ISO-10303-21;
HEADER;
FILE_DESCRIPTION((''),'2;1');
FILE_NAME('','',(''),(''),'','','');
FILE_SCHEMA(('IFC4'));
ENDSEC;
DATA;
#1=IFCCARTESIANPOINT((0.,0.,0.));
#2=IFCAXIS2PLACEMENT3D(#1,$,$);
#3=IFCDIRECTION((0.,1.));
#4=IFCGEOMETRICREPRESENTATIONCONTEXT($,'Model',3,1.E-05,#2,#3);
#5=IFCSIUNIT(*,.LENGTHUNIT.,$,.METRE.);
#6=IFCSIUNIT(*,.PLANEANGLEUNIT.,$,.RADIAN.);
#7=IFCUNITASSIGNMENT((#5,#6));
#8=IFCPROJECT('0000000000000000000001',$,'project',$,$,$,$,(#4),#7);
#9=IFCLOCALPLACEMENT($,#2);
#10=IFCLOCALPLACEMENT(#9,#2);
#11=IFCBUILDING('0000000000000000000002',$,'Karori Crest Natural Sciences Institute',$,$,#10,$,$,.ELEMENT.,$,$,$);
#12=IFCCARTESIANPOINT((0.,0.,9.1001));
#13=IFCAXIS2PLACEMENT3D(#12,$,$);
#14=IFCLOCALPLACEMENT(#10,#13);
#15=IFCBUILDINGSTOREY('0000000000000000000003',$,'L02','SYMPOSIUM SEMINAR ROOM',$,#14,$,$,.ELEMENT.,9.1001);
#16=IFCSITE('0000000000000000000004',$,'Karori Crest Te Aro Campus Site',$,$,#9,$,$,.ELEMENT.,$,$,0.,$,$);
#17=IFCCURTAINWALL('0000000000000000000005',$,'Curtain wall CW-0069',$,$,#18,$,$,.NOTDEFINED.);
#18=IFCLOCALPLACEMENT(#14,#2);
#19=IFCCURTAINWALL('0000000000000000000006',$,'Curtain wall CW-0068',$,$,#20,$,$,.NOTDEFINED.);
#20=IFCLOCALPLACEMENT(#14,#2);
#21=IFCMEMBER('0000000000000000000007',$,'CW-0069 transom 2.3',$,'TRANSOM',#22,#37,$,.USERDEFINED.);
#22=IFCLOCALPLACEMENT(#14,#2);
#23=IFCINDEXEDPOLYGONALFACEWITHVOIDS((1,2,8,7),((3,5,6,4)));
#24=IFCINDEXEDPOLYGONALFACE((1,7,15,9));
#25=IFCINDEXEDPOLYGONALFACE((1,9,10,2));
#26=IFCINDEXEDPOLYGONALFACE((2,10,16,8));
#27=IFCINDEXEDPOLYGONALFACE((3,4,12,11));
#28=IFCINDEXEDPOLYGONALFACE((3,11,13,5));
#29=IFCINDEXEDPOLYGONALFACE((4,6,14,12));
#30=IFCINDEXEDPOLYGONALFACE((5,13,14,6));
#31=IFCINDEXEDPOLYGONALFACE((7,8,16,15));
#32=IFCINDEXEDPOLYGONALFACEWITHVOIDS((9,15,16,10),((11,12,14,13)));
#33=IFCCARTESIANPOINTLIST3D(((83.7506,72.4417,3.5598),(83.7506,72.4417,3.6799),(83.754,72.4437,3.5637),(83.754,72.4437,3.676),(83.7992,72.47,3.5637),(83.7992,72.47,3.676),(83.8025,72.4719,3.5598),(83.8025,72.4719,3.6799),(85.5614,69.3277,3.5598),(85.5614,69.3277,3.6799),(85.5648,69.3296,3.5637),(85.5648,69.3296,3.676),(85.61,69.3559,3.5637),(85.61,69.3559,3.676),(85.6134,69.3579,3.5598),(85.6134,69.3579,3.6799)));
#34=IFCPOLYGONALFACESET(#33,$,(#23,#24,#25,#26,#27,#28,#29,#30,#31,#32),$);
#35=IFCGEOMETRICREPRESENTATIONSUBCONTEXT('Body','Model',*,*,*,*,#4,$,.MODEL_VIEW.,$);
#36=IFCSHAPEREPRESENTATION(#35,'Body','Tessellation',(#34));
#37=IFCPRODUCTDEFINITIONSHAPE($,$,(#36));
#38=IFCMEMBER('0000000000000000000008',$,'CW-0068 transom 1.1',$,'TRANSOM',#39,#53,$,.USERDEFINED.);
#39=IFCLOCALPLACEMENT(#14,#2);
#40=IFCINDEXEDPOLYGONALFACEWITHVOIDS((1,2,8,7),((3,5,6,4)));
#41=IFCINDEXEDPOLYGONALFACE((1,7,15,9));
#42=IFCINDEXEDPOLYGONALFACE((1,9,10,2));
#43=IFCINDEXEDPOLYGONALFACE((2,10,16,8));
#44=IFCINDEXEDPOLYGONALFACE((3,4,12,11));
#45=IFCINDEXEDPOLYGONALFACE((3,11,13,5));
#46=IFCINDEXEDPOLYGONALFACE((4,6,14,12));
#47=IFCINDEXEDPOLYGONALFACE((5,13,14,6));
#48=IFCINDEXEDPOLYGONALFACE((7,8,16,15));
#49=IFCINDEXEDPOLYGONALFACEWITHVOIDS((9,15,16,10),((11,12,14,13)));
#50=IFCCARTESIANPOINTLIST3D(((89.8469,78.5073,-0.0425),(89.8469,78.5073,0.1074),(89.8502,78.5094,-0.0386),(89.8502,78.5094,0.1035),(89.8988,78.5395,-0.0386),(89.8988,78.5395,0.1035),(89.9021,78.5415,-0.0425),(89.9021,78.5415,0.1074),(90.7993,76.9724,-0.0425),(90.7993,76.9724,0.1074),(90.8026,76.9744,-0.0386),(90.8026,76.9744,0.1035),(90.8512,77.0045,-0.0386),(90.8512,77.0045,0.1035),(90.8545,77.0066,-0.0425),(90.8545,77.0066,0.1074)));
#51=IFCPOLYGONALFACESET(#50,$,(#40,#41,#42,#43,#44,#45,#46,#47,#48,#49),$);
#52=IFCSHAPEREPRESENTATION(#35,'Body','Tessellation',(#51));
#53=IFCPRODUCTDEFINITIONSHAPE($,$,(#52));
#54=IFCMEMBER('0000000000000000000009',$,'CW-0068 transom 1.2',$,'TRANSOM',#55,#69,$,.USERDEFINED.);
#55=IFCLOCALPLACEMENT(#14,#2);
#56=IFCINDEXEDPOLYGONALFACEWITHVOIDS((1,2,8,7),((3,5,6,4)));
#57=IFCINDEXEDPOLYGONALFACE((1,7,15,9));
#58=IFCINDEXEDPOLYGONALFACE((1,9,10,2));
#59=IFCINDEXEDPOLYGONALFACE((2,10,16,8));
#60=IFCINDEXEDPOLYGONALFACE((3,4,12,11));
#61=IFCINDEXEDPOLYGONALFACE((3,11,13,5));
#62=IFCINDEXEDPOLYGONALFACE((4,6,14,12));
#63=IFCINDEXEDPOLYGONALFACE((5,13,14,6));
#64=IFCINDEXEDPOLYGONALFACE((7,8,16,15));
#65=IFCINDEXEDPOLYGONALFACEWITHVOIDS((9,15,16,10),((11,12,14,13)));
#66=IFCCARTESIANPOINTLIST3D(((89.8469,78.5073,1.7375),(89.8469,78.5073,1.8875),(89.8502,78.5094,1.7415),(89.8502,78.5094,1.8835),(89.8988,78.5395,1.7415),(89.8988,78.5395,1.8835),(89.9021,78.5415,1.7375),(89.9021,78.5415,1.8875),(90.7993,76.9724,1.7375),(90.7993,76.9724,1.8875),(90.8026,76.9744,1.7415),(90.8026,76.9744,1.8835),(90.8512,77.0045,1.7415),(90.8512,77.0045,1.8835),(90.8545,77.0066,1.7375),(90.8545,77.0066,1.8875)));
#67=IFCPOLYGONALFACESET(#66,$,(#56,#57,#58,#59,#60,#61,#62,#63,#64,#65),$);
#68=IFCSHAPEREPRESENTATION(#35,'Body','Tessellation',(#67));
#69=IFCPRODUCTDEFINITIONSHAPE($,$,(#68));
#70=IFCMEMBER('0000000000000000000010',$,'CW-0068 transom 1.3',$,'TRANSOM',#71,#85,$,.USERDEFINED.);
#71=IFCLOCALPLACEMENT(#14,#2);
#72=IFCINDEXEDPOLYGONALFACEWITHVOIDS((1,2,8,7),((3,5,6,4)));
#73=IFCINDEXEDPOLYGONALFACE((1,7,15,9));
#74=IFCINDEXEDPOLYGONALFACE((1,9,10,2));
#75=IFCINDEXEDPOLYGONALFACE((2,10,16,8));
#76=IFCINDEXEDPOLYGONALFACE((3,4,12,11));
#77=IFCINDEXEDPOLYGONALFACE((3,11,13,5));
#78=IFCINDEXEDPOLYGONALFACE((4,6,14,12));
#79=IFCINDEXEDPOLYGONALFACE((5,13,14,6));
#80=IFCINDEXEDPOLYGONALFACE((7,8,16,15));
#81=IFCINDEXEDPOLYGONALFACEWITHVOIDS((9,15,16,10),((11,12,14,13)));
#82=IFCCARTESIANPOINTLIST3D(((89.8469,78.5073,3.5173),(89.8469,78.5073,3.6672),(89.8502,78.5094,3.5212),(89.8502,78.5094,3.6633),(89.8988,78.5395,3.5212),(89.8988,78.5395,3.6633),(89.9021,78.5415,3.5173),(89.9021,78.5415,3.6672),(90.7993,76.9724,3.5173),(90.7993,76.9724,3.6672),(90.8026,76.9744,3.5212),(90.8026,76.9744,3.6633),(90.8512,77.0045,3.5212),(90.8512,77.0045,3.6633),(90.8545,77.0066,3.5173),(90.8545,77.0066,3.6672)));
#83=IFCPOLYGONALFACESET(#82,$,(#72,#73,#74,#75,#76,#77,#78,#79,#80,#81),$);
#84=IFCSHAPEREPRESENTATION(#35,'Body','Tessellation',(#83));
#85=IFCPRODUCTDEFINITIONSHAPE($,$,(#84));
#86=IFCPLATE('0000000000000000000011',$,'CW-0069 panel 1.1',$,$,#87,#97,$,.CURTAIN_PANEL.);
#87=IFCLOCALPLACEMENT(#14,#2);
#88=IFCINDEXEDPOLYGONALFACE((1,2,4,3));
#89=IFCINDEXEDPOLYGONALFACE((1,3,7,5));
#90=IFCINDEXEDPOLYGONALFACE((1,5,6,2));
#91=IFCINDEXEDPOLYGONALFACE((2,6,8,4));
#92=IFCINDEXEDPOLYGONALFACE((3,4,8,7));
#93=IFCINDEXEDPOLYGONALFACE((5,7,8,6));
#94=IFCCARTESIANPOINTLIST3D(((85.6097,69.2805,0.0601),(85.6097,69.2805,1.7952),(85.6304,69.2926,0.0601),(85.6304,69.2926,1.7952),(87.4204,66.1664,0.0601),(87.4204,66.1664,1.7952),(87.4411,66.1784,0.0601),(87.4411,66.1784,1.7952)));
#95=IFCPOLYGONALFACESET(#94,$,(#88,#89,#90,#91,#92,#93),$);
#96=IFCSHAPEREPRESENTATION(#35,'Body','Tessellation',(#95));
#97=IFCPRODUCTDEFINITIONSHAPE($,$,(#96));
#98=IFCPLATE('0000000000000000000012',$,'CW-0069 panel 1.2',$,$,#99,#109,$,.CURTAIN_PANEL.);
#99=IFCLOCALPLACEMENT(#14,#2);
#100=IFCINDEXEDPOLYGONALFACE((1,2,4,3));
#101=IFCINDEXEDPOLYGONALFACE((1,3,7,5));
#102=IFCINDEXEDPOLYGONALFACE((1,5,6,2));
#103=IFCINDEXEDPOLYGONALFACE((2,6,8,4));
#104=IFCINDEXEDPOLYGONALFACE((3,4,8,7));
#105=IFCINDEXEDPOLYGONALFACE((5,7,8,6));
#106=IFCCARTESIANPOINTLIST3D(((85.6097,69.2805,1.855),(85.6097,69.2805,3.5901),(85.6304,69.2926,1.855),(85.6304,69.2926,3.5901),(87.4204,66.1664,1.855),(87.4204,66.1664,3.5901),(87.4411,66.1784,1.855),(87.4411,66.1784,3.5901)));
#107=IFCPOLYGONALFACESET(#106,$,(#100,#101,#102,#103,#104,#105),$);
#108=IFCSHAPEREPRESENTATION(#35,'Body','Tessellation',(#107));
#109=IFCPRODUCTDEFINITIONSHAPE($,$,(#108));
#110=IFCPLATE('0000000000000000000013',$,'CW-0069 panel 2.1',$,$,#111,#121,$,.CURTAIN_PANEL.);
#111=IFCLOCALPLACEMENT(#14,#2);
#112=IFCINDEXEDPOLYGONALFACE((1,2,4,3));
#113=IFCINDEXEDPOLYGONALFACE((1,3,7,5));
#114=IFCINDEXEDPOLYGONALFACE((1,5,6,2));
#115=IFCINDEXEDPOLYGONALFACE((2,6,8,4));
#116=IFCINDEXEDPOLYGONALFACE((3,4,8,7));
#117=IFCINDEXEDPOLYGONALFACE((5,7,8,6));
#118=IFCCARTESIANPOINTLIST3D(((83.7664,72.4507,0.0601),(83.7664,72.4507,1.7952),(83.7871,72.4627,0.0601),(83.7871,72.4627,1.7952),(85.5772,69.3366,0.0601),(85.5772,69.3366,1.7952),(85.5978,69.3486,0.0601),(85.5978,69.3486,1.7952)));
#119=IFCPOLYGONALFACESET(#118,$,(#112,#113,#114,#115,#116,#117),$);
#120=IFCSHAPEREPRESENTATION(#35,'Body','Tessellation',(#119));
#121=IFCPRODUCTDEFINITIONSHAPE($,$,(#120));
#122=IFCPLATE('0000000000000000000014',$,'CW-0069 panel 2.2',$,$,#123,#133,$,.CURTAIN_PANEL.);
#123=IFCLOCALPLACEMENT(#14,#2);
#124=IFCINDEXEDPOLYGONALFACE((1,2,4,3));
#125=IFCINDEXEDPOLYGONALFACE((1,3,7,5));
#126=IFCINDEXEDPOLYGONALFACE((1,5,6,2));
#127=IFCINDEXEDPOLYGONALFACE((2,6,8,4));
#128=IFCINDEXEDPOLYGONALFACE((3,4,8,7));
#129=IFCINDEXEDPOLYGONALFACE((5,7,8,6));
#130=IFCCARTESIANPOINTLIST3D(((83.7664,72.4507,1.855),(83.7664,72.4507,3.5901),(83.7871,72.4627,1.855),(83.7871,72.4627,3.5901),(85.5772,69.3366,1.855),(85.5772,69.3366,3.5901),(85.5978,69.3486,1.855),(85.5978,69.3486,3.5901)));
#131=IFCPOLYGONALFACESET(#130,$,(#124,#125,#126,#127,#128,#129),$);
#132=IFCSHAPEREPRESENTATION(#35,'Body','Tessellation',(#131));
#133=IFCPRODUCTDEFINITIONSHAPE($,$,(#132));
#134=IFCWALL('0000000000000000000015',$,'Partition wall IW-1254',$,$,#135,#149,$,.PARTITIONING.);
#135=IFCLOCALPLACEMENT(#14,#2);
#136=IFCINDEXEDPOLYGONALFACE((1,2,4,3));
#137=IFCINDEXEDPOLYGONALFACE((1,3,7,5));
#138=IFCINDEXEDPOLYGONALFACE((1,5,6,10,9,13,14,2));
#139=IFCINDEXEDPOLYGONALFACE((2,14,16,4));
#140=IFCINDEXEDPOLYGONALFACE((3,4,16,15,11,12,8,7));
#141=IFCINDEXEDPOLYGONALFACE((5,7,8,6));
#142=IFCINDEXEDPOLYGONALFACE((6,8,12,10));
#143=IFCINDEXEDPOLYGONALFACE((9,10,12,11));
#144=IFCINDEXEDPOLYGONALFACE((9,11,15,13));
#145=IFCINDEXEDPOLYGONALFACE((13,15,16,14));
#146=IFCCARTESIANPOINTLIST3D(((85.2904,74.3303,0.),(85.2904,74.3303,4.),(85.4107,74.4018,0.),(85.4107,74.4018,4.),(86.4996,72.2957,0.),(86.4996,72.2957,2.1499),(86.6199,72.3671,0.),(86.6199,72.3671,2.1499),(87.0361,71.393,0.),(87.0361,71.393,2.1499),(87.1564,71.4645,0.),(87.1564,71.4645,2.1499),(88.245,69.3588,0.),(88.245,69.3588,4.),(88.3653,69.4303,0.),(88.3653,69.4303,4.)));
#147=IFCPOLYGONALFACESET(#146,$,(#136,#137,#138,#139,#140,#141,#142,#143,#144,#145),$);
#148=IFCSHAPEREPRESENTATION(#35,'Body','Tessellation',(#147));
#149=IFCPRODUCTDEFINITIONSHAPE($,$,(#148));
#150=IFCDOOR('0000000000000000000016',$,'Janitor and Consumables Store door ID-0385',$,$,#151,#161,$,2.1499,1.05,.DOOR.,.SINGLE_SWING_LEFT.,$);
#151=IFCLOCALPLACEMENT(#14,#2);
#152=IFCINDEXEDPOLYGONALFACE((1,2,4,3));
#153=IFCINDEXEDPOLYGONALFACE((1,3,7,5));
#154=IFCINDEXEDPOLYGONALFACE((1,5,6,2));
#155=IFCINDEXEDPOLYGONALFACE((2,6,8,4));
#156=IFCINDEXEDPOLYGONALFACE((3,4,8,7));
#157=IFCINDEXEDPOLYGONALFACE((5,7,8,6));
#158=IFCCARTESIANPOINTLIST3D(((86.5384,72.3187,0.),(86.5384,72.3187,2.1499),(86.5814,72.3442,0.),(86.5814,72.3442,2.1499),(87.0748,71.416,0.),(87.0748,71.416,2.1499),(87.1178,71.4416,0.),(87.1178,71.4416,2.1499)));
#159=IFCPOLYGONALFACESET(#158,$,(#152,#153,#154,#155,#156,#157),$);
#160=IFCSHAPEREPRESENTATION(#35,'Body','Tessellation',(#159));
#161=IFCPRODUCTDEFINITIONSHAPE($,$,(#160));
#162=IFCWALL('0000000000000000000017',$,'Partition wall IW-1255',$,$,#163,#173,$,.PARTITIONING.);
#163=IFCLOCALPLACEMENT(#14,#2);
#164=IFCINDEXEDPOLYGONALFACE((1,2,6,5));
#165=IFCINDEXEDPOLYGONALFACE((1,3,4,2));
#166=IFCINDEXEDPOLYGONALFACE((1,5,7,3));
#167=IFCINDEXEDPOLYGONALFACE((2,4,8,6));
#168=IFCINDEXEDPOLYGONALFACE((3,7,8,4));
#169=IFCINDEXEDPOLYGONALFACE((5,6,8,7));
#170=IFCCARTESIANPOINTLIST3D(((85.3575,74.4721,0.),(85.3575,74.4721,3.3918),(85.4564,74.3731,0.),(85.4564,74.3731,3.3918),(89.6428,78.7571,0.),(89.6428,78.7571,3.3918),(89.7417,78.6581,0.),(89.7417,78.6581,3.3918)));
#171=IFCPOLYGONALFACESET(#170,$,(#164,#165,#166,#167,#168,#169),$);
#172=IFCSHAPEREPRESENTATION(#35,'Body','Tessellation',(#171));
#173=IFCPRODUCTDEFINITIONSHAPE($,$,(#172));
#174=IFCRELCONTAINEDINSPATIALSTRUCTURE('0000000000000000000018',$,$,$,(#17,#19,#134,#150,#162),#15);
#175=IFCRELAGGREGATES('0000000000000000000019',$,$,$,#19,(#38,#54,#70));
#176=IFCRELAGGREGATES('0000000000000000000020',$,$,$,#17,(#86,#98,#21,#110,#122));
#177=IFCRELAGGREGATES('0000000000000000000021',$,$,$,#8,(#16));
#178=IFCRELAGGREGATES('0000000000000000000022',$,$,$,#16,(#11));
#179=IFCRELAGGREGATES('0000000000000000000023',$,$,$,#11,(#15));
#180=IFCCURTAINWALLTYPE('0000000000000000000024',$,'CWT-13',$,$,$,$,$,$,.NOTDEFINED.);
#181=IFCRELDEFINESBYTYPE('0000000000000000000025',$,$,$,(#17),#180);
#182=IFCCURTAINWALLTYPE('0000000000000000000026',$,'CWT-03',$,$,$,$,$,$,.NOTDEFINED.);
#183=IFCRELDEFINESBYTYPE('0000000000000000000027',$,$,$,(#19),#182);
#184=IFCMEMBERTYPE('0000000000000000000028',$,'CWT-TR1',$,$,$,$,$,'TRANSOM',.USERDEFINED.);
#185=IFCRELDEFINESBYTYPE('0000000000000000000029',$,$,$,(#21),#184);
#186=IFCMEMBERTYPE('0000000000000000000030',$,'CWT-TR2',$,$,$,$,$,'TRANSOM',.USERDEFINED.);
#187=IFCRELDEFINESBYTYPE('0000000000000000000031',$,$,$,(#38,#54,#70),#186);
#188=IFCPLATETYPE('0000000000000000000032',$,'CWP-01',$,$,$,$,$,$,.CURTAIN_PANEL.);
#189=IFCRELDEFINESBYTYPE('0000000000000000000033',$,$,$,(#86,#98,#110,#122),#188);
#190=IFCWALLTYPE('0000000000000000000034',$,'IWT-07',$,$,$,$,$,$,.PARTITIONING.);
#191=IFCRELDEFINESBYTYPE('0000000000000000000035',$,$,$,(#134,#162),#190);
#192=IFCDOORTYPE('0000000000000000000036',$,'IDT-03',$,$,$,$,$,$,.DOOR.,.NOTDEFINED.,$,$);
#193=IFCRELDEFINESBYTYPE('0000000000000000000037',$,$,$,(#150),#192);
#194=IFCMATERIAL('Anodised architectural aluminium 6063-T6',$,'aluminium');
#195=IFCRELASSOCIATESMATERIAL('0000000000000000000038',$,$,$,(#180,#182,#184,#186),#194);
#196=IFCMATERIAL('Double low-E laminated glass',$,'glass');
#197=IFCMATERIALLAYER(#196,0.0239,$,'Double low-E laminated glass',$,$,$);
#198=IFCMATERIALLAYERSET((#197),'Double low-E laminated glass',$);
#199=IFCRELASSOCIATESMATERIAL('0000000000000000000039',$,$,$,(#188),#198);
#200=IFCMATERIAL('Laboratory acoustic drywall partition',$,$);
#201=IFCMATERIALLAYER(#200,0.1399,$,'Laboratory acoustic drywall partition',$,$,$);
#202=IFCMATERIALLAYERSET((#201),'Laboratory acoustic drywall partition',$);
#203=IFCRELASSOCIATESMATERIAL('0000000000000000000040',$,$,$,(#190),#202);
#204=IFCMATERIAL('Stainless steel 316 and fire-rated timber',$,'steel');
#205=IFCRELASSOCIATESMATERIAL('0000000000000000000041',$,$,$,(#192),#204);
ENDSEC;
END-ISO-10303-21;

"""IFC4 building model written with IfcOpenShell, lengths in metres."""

from ifc_helpers import new_model, si_unit, direction, frame, frame_2d, origin, origin_2d, place, context, subcontext, project, spatial, rectangle, hollow_rectangle, extrude, material, layer, layer_set, material_profile, profile_set, type_object, element, fill, aggregate, save


model = new_model("IFC4")

# Units and contexts
model_context = context("Model", 3, precision=1e-05, world=origin(), true_north=direction((0.0, 1.0)))
body_context = subcontext(model_context, "Body", "Model", "MODEL_VIEW")
ifc_project = project(units=[si_unit("LENGTHUNIT", "METRE"), si_unit("PLANEANGLEUNIT", "RADIAN")], contexts=[model_context])

# Site, building, storey
site_placement = place(None, origin())
site = spatial("IfcSite", under=ifc_project, at=site_placement, Name="Karori Crest Te Aro Campus Site", CompositionType="ELEMENT", RefElevation=0.0)
building_placement = place(site_placement, origin())
building = spatial("IfcBuilding", under=site, at=building_placement, Name="Karori Crest Natural Sciences Institute", CompositionType="ELEMENT")
storey_placement = place(building_placement, frame((0.0, 0.0, 9.1001)))
storey = spatial("IfcBuildingStorey", under=building, at=storey_placement, Name="L02", Description="SYMPOSIUM SEMINAR ROOM", CompositionType="ELEMENT", Elevation=9.1001)

# Curtain wall
ifc_material_1 = material(Name="Anodised architectural aluminium 6063-T6", Category="aluminium")
curtain_wall_type_1 = type_object("IfcCurtainWallType", Name="CWT-13", PredefinedType="NOTDEFINED", material=ifc_material_1)
curtain_wall_1_placement = place(storey_placement, origin())
curtain_wall_1 = element("IfcCurtainWall", 1, at=curtain_wall_1_placement, inside=storey, type_object=curtain_wall_type_1, Name="Curtain wall CW-0069", PredefinedType="NOTDEFINED")

# Curtain wall
curtain_wall_type_2 = type_object("IfcCurtainWallType", Name="CWT-03", PredefinedType="NOTDEFINED", material=ifc_material_1)
curtain_wall_2_placement = place(storey_placement, origin())
curtain_wall_2 = element("IfcCurtainWall", 2, at=curtain_wall_2_placement, inside=storey, type_object=curtain_wall_type_2, Name="Curtain wall CW-0068", PredefinedType="NOTDEFINED")

# Members
ifc_material_profile_1 = material_profile(ifc_material_1, hollow_rectangle(XDim=0.0601, YDim=0.1201, WallThickness=0.0039, at=origin_2d()), Name="CWT120x60x4")
ifc_profile_set_1 = profile_set([ifc_material_profile_1], Name="Anodised architectural aluminium 6063-T6")
member_type_1 = type_object("IfcMemberType", Name="CWT-TR1", ElementType="TRANSOM", PredefinedType="USERDEFINED", material=ifc_profile_set_1)
member_1_placement = place(storey_placement, frame((85.5874, 69.3428, 3.6199), z_axis=(-0.502686, 0.864469, 0.0), x_axis=(-0.864469, -0.502686, 0.0)))
member_1 = element("IfcMember", 3, at=member_1_placement, type_object=member_type_1, Name="CW-0069 transom 2.3", ObjectType="TRANSOM", PredefinedType="USERDEFINED", context=body_context, shape_type="SweptSolid", body=[
    extrude(hollow_rectangle(XDim=0.0601, YDim=0.1201, WallThickness=0.0039, at=origin_2d()), origin(), (0.0, 0.0, 1.0), 3.6023),
])
ifc_material_profile_2 = material_profile(ifc_material_1, hollow_rectangle(XDim=0.0649, YDim=0.1499, WallThickness=0.0039, at=origin_2d()), Name="CWT150x65x4")
ifc_profile_set_2 = profile_set([ifc_material_profile_2], Name="Anodised architectural aluminium 6063-T6")
member_type_2 = type_object("IfcMemberType", Name="CWT-TR2", ElementType="TRANSOM", PredefinedType="USERDEFINED", material=ifc_profile_set_2)
member_2_placement = place(storey_placement, frame((89.8745, 78.5244, 0.0325), z_axis=(0.527238, -0.849717, 0.0), x_axis=(0.849717, 0.527238, 0.0)))
member_2 = element("IfcMember", 4, at=member_2_placement, type_object=member_type_2, Name="CW-0068 transom 1.1", ObjectType="TRANSOM", PredefinedType="USERDEFINED", context=body_context, shape_type="SweptSolid", body=[
    extrude(hollow_rectangle(XDim=0.0649, YDim=0.1499, WallThickness=0.0039, at=origin_2d()), origin(), (0.0, 0.0, 1.0), 1.8064),
])
member_3_placement = place(storey_placement, frame((89.8745, 78.5244, 1.8125), z_axis=(0.527238, -0.849717, 0.0), x_axis=(0.849717, 0.527238, 0.0)))
member_3 = element("IfcMember", 5, at=member_3_placement, type_object=member_type_2, Name="CW-0068 transom 1.2", ObjectType="TRANSOM", PredefinedType="USERDEFINED", context=body_context, shape_type="SweptSolid", body=[
    extrude(hollow_rectangle(XDim=0.0649, YDim=0.1499, WallThickness=0.0039, at=origin_2d()), origin(), (0.0, 0.0, 1.0), 1.8064),
])
member_4_placement = place(storey_placement, frame((89.8745, 78.5244, 3.5923), z_axis=(0.527238, -0.849717, 0.0), x_axis=(0.849717, 0.527238, 0.0)))
member_4 = element("IfcMember", 6, at=member_4_placement, type_object=member_type_2, Name="CW-0068 transom 1.3", ObjectType="TRANSOM", PredefinedType="USERDEFINED", context=body_context, shape_type="SweptSolid", body=[
    extrude(hollow_rectangle(XDim=0.0649, YDim=0.1499, WallThickness=0.0039, at=origin_2d()), origin(), (0.0, 0.0, 1.0), 1.8064),
])
aggregate(curtain_wall_2, [member_2, member_3, member_4])

# Plates
ifc_material_2 = material(Name="Double low-E laminated glass", Category="glass")
ifc_layer_1 = layer(ifc_material_2, 0.0239, Name="Double low-E laminated glass")
ifc_layer_set_1 = layer_set([ifc_layer_1], Name="Double low-E laminated glass")
plate_type = type_object("IfcPlateType", Name="CWP-01", PredefinedType="CURTAIN_PANEL", material=ifc_layer_set_1)
plate_1_placement = place(storey_placement, frame((86.5254, 67.7295, 0.0601), z_axis=(0.0, 0.0, 1.0), x_axis=(-0.50266, 0.864484, 0.0)))
plate_1 = element("IfcPlate", 7, at=plate_1_placement, type_object=plate_type, Name="CW-0069 panel 1.1", PredefinedType="CURTAIN_PANEL", context=body_context, shape_type="SweptSolid", body=[
    extrude(rectangle(XDim=3.6023, YDim=0.0239, at=origin_2d()), origin(), (0.0, 0.0, 1.0), 1.7351),
])
plate_2_placement = place(storey_placement, frame((86.5254, 67.7295, 1.855), z_axis=(0.0, 0.0, 1.0), x_axis=(-0.50266, 0.864484, 0.0)))
plate_2 = element("IfcPlate", 8, at=plate_2_placement, type_object=plate_type, Name="CW-0069 panel 1.2", PredefinedType="CURTAIN_PANEL", context=body_context, shape_type="SweptSolid", body=[
    extrude(rectangle(XDim=3.6023, YDim=0.0239, at=origin_2d()), origin(), (0.0, 0.0, 1.0), 1.7351),
])
plate_3_placement = place(storey_placement, frame((84.6821, 70.8997, 0.0601), z_axis=(0.0, 0.0, 1.0), x_axis=(-0.50266, 0.864484, 0.0)))
plate_3 = element("IfcPlate", 9, at=plate_3_placement, type_object=plate_type, Name="CW-0069 panel 2.1", PredefinedType="CURTAIN_PANEL", context=body_context, shape_type="SweptSolid", body=[
    extrude(rectangle(XDim=3.6023, YDim=0.0239, at=origin_2d()), origin(), (0.0, 0.0, 1.0), 1.7351),
])
plate_4_placement = place(storey_placement, frame((84.6821, 70.8997, 1.855), z_axis=(0.0, 0.0, 1.0), x_axis=(-0.50266, 0.864484, 0.0)))
plate_4 = element("IfcPlate", 10, at=plate_4_placement, type_object=plate_type, Name="CW-0069 panel 2.2", PredefinedType="CURTAIN_PANEL", context=body_context, shape_type="SweptSolid", body=[
    extrude(rectangle(XDim=3.6023, YDim=0.0239, at=origin_2d()), origin(), (0.0, 0.0, 1.0), 1.7351),
])
aggregate(curtain_wall_1, [plate_1, plate_2, member_1, plate_3, plate_4])

# Wall, opening, door
ifc_material_3 = material(Name="Laboratory acoustic drywall partition")
ifc_layer_2 = layer(ifc_material_3, 0.1399, Name="Laboratory acoustic drywall partition")
ifc_layer_set_2 = layer_set([ifc_layer_2], Name="Laboratory acoustic drywall partition")
wall_type_1 = type_object("IfcWallType", Name="IWT-07", PredefinedType="PARTITIONING", material=ifc_layer_set_2)
wall_1_placement = place(storey_placement, frame((88.3052, 69.3945, 0.0), z_axis=(0.0, 0.0, 1.0), x_axis=(-0.510897, 0.859642, 0.0)))
wall_1 = element("IfcWall", 11, at=wall_1_placement, inside=storey, type_object=wall_type_1, Name="Partition wall IW-1254", PredefinedType="PARTITIONING", context=body_context, shape_type="SweptSolid", body=[
    extrude(rectangle(XDim=5.7832, YDim=0.1399, at=frame_2d((2.8916, 0.0))), origin(), (0.0, 0.0, 1.0), 4.0),
])
opening_1_placement = place(wall_1_placement, frame((2.3665, 0.0, 0.0)))
opening_1 = element("IfcOpeningElement", 12, at=opening_1_placement, cuts=wall_1, PredefinedType="OPENING", context=body_context, shape_type="SweptSolid", body=[
    extrude(rectangle(XDim=1.05, YDim=2.1499, at=frame_2d((0.5249, 1.075))), frame((0.0, 0.0801, 0.0), z_axis=(0.0, -1.0, 0.0), x_axis=(1.0, 0.0, 0.0)), (0.0, 0.0, 1.0), 0.1599),
])
ifc_material_4 = material(Name="Stainless steel 316 and fire-rated timber", Category="steel")
door_type_1 = type_object("IfcDoorType", Name="IDT-03", OperationType="NOTDEFINED", PredefinedType="DOOR", material=ifc_material_4)
door_1_placement = place(opening_1_placement, origin())
door_1 = element("IfcDoor", 13, at=door_1_placement, inside=storey, type_object=door_type_1, Name="Janitor and Consumables Store door ID-0385", OperationType="SINGLE_SWING_LEFT", OverallHeight=2.1499, OverallWidth=1.05, PredefinedType="DOOR", context=body_context, shape_type="SweptSolid", body=[
    extrude(rectangle(XDim=1.05, YDim=2.1499, at=frame_2d((0.5249, 1.075))), frame((0.0, 0.0249, 0.0), z_axis=(0.0, -1.0, 0.0), x_axis=(1.0, 0.0, 0.0)), (0.0, 0.0, 1.0), 0.05),
])
fill(opening_1, door_1)

# Wall
wall_2_placement = place(storey_placement, frame((85.407, 74.4226, 0.0), z_axis=(0.0, 0.0, 1.0), x_axis=(0.707127, 0.707087, 0.0)))
element("IfcWall", 14, at=wall_2_placement, inside=storey, type_object=wall_type_1, Name="Partition wall IW-1255", PredefinedType="PARTITIONING", context=body_context, shape_type="SweptSolid", body=[
    extrude(rectangle(XDim=6.0601, YDim=0.1399, at=frame_2d((3.03, 0.0))), origin(), (0.0, 0.0, 1.0), 3.3918),
])

save(model, "model.ifc")
